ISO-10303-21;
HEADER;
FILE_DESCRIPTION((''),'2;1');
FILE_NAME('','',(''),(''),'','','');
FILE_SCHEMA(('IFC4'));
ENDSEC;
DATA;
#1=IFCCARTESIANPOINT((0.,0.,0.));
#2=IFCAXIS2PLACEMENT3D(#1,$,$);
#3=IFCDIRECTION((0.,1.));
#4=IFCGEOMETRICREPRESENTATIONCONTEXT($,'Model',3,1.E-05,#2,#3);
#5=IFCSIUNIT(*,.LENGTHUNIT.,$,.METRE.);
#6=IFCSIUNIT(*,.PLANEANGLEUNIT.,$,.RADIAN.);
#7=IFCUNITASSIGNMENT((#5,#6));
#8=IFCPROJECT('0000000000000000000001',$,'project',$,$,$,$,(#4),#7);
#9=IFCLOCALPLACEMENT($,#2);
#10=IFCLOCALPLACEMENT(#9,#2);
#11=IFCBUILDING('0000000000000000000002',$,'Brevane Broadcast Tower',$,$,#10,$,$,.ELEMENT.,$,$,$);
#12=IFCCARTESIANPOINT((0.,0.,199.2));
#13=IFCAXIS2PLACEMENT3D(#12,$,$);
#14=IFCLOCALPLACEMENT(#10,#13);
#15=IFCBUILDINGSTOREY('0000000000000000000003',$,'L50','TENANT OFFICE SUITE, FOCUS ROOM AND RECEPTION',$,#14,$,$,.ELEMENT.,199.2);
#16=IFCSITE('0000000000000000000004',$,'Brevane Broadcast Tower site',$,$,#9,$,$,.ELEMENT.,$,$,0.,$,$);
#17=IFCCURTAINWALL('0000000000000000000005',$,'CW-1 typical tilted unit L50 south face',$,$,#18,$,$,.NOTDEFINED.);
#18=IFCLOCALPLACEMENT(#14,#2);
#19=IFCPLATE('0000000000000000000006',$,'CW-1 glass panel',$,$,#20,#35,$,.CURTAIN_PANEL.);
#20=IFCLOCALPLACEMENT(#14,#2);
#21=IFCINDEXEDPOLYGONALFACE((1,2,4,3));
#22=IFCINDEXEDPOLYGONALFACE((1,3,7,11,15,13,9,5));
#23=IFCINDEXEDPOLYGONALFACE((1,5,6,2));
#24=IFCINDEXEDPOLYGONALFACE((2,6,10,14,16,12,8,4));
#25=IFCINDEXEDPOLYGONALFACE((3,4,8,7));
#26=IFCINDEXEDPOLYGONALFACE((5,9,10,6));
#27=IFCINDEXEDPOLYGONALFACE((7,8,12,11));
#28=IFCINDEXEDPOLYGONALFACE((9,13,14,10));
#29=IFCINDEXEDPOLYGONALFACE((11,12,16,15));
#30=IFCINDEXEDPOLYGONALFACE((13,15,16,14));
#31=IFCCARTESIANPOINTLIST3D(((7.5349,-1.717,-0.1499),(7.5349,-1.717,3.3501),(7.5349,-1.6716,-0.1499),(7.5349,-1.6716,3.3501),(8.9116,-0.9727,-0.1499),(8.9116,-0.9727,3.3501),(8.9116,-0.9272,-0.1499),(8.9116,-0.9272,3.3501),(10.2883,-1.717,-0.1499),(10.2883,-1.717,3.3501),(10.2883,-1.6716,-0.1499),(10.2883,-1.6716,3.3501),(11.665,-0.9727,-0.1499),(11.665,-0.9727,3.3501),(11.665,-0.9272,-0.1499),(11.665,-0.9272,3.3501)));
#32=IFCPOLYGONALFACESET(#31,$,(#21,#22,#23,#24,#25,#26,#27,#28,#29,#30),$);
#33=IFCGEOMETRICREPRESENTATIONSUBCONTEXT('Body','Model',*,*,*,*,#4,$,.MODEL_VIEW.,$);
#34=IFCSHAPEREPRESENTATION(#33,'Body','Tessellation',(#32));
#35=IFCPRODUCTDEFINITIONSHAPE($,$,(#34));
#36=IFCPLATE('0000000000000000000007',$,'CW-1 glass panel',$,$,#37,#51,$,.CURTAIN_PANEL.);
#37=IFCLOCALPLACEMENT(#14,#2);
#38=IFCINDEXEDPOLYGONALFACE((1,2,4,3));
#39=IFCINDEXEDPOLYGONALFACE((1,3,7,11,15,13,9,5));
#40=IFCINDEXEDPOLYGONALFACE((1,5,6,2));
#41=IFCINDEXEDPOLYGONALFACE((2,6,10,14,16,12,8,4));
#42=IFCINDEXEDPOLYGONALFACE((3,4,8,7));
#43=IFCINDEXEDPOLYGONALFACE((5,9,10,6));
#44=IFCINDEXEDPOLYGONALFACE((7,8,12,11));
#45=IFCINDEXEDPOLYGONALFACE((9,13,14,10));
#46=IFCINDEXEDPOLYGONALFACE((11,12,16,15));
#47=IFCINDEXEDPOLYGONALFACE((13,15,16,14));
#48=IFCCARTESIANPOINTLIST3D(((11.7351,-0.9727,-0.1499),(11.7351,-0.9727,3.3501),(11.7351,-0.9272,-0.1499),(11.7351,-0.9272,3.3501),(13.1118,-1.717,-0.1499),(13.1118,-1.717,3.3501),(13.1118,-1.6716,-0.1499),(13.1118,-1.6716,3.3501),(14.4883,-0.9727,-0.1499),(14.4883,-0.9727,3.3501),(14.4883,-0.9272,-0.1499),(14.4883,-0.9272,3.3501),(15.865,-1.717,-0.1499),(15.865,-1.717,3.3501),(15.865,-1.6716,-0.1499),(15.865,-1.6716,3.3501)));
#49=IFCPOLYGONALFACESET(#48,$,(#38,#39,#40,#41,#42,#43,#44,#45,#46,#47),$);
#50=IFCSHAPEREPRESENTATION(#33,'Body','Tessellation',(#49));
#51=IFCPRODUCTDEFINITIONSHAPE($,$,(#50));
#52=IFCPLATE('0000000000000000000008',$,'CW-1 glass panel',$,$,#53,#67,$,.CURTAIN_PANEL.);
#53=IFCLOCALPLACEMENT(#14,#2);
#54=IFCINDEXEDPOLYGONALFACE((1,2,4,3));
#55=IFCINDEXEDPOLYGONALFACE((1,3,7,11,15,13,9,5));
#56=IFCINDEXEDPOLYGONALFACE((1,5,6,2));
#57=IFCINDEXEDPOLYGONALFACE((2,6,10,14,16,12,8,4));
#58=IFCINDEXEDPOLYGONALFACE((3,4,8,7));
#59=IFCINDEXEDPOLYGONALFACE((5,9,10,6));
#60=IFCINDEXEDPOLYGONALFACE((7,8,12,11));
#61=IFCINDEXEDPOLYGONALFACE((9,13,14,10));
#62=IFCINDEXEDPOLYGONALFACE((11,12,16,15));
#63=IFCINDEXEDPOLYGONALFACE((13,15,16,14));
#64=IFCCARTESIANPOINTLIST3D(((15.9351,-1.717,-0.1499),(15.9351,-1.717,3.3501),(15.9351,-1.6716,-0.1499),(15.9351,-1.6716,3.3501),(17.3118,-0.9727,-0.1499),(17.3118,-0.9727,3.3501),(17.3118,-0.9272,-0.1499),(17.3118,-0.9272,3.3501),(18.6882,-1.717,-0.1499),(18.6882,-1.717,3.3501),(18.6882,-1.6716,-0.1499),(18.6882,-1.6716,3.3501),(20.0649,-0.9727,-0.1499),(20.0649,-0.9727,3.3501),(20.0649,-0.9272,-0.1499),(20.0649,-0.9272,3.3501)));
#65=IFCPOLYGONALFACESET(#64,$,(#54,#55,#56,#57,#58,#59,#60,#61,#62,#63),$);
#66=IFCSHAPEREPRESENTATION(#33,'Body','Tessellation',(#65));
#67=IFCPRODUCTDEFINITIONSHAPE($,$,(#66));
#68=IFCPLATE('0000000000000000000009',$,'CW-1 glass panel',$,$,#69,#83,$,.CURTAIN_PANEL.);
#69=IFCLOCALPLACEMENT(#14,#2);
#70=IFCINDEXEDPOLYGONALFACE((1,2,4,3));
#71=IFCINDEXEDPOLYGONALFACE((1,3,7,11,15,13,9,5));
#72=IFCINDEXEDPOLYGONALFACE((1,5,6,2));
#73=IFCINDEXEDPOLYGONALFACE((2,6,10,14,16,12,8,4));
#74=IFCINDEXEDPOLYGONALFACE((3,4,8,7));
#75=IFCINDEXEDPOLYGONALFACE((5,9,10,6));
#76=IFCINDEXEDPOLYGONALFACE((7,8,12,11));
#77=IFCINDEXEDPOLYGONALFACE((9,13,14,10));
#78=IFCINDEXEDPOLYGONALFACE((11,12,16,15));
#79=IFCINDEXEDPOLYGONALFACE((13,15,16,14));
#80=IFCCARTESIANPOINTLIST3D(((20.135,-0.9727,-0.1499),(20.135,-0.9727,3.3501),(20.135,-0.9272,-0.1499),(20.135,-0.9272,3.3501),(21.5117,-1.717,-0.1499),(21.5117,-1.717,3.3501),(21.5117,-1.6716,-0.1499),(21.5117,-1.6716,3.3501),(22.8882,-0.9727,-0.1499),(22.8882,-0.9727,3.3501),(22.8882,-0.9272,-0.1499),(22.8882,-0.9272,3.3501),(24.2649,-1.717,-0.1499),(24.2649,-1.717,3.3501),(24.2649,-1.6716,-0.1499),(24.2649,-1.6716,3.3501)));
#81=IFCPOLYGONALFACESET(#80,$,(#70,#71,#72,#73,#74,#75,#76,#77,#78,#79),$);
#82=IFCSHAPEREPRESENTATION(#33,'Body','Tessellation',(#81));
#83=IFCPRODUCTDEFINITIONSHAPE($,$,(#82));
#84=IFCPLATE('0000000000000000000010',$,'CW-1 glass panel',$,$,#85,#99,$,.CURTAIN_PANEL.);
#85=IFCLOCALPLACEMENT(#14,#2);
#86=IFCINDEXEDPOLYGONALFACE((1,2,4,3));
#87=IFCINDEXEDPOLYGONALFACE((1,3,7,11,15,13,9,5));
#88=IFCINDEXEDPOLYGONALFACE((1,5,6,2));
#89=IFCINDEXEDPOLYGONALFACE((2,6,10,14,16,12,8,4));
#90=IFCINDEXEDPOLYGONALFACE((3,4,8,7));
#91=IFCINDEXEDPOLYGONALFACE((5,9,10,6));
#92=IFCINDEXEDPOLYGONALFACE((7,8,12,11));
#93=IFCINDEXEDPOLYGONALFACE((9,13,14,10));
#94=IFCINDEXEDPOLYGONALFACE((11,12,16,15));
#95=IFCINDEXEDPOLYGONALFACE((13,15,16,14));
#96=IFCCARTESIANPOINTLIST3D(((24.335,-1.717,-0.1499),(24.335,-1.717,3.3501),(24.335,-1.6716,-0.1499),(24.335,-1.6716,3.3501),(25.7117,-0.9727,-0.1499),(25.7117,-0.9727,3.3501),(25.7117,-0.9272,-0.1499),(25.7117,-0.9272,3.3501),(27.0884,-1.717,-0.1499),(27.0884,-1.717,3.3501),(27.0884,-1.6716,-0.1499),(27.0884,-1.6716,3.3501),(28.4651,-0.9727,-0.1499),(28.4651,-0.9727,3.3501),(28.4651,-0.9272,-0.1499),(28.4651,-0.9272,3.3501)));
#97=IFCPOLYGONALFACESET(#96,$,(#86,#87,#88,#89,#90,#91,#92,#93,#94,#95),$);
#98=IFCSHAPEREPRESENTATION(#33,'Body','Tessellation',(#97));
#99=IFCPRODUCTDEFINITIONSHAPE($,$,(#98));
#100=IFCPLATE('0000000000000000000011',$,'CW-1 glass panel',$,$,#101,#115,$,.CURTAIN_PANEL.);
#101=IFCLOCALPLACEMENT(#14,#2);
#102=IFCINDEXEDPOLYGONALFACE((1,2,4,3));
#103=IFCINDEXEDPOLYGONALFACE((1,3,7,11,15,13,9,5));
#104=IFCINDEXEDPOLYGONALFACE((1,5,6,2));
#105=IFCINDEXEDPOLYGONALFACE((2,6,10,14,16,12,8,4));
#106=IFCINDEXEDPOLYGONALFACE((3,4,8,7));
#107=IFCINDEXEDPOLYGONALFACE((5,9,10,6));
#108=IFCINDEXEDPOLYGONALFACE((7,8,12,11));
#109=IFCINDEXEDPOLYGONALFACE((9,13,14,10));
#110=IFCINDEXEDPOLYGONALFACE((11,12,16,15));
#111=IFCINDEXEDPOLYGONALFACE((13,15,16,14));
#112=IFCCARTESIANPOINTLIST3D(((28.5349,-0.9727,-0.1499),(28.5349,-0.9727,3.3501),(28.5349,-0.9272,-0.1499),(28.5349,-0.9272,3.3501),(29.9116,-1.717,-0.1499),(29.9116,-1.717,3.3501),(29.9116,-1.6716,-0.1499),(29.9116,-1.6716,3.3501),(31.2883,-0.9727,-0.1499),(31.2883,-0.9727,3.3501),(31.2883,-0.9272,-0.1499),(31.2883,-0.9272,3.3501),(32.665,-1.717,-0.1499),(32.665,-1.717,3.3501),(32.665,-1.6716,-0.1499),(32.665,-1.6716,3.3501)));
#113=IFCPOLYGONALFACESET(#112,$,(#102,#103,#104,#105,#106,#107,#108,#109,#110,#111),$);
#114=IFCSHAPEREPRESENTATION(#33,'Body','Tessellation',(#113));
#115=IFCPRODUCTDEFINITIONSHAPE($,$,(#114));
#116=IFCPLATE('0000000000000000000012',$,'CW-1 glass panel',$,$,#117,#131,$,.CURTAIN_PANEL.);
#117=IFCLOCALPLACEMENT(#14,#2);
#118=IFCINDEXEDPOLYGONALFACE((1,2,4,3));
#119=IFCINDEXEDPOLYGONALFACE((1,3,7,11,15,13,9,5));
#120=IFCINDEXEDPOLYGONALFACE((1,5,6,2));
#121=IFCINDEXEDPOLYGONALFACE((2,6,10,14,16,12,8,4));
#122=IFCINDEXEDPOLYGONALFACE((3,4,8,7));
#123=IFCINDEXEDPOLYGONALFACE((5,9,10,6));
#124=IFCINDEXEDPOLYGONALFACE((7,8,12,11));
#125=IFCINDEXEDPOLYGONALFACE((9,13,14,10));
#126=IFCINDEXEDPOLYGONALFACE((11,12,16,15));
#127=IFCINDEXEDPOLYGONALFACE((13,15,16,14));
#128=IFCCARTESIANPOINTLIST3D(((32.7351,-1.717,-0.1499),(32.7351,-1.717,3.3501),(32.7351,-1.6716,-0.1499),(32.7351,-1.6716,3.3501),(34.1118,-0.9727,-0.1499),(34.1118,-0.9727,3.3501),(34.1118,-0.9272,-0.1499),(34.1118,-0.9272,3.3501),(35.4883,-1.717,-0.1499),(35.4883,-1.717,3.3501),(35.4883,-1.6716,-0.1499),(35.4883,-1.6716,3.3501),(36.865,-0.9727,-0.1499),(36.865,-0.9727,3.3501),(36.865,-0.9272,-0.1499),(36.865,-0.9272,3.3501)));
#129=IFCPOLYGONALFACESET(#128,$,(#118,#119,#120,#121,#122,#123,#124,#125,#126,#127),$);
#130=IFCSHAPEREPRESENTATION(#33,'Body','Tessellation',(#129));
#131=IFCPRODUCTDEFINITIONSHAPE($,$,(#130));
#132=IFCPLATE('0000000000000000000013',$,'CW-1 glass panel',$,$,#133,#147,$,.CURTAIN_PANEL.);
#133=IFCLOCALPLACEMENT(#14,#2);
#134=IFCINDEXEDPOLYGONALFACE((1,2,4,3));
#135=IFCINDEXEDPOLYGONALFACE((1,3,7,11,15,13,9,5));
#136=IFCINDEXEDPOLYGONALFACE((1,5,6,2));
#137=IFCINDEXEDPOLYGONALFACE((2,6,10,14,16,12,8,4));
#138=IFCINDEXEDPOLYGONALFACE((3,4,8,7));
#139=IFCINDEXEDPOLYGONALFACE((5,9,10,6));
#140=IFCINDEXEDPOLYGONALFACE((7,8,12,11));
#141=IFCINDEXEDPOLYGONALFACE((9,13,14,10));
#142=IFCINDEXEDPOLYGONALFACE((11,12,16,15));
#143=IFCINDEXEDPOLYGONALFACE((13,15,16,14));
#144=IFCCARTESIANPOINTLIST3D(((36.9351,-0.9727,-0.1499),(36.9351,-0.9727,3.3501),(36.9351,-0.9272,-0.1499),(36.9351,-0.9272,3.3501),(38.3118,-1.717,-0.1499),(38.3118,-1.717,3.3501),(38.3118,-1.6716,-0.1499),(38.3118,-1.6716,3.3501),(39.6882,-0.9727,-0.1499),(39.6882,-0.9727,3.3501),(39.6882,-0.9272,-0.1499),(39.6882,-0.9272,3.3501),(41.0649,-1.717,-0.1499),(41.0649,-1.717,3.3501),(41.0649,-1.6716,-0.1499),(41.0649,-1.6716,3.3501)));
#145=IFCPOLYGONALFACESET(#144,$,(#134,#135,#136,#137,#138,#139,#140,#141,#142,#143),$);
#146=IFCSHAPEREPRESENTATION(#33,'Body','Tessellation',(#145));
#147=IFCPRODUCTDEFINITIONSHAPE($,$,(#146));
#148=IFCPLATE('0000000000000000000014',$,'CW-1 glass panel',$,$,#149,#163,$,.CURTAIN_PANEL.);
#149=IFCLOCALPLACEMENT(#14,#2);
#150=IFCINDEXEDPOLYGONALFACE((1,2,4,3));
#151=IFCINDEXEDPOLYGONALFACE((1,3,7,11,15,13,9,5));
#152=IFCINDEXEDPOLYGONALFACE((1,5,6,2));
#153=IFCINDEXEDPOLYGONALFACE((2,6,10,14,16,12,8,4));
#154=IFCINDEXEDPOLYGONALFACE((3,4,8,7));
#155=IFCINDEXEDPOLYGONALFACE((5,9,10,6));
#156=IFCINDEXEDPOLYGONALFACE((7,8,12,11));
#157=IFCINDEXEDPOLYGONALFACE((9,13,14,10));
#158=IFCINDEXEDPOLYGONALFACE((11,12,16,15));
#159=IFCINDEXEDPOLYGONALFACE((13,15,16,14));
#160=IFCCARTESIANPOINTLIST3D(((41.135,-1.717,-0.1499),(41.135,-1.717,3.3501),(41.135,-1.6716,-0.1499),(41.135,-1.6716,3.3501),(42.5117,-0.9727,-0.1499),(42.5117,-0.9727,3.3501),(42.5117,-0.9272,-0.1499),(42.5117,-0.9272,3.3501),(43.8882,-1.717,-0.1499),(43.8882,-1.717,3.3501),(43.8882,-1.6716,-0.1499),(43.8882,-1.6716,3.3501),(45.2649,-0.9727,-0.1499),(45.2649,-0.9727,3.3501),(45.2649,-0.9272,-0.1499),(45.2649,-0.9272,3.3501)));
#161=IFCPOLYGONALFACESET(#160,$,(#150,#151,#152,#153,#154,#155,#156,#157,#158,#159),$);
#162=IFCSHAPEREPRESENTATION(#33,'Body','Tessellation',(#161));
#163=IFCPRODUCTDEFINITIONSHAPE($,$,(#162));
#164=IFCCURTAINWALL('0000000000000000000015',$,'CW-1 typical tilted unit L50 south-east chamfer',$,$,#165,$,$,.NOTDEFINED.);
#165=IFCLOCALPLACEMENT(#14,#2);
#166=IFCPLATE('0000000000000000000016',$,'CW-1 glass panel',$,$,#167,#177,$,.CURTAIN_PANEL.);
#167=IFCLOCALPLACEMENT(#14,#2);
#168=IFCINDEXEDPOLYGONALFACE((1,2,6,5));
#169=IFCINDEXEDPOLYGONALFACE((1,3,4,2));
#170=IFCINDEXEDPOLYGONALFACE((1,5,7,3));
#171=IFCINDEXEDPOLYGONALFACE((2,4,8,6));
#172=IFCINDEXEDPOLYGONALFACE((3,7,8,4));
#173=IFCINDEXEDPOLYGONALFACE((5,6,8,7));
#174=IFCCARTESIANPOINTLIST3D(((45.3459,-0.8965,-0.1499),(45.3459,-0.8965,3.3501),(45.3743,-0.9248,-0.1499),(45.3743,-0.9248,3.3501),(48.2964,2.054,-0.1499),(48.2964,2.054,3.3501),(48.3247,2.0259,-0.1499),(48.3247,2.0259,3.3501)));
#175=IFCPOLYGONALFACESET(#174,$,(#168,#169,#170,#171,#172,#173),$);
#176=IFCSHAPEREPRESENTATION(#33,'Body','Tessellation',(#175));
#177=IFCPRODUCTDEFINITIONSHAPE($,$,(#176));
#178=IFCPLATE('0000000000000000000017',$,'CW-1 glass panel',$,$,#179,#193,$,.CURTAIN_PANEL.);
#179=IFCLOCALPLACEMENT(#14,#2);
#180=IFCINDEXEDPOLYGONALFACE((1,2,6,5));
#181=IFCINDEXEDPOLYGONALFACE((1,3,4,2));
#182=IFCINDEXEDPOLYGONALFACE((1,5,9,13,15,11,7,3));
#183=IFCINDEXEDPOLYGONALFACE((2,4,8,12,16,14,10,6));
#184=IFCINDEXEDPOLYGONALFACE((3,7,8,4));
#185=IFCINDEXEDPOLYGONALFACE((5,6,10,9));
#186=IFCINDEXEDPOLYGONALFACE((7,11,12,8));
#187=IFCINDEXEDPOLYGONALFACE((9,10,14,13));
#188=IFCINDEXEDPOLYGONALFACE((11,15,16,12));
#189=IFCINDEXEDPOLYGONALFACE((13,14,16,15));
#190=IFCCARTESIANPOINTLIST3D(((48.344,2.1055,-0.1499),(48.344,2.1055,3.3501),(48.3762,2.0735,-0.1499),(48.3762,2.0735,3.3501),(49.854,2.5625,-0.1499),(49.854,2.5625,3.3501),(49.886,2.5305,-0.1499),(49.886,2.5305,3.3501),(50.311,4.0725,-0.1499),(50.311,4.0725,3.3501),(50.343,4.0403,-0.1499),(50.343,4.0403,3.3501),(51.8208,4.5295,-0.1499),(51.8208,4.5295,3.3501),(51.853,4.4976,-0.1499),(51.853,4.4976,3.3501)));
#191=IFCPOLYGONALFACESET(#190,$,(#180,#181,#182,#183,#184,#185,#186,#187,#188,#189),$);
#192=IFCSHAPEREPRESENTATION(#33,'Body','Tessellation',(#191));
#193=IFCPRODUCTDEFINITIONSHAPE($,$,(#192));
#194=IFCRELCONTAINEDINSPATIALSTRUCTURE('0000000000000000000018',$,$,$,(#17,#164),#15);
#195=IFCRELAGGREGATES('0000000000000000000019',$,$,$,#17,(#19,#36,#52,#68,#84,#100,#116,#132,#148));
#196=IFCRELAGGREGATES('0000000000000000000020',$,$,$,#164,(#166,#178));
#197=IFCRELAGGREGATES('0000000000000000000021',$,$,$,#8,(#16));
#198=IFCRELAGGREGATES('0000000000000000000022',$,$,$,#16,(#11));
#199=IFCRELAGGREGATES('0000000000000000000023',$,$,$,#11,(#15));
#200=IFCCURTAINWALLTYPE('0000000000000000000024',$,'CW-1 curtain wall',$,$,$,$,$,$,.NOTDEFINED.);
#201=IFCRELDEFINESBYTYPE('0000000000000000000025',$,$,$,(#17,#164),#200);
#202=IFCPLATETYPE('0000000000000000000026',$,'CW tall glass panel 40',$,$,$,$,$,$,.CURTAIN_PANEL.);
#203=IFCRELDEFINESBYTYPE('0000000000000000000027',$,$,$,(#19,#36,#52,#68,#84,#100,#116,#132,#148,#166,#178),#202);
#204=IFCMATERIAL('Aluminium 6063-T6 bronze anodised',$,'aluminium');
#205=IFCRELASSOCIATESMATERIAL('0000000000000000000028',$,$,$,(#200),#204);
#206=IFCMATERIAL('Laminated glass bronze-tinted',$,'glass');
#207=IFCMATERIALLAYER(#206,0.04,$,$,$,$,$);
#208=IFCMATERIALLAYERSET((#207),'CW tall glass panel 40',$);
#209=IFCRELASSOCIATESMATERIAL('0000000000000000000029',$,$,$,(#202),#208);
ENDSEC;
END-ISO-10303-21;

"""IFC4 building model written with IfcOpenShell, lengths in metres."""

from ifc_helpers import new_model, si_unit, direction, frame, origin, place, context, subcontext, project, spatial, polyline, outline, extrude, material, layer, layer_set, type_object, element, aggregate, save


model = new_model("IFC4")

# Units and contexts
model_context = context("Model", 3, precision=1e-05, world=origin(), true_north=direction((0.0, 1.0)))
body_context = subcontext(model_context, "Body", "Model", "MODEL_VIEW")
ifc_project = project(units=[si_unit("LENGTHUNIT", "METRE"), si_unit("PLANEANGLEUNIT", "RADIAN")], contexts=[model_context])

# Site, building, storey
site_placement = place(None, origin())
site = spatial("IfcSite", under=ifc_project, at=site_placement, Name="Brevane Broadcast Tower site", CompositionType="ELEMENT", RefElevation=0.0)
building_placement = place(site_placement, origin())
building = spatial("IfcBuilding", under=site, at=building_placement, Name="Brevane Broadcast Tower", CompositionType="ELEMENT")
storey_placement = place(building_placement, frame((0.0, 0.0, 199.2)))
storey = spatial("IfcBuildingStorey", under=building, at=storey_placement, Name="L50", Description="TENANT OFFICE SUITE, FOCUS ROOM AND RECEPTION", CompositionType="ELEMENT", Elevation=199.2)

# Curtain walls, plates
ifc_material_1 = material(Name="Aluminium 6063-T6 bronze anodised", Category="aluminium")
curtain_wall_type = type_object("IfcCurtainWallType", Name="CW-1 curtain wall", PredefinedType="NOTDEFINED", material=ifc_material_1)
curtain_wall_1_placement = place(storey_placement, origin())
curtain_wall_1 = element("IfcCurtainWall", 1, at=curtain_wall_1_placement, inside=storey, type_object=curtain_wall_type, Name="CW-1 typical tilted unit L50 south face", PredefinedType="NOTDEFINED")
ifc_material_2 = material(Name="Laminated glass bronze-tinted", Category="glass")
ifc_layer = layer(ifc_material_2, 0.04)
ifc_layer_set = layer_set([ifc_layer], Name="CW tall glass panel 40")
plate_type = type_object("IfcPlateType", Name="CW tall glass panel 40", PredefinedType="CURTAIN_PANEL", material=ifc_layer_set)
plate_1_placement = place(storey_placement, frame((0.0, 0.0, -0.1499)))
plate_1 = element("IfcPlate", 2, at=plate_1_placement, type_object=plate_type, Name="CW-1 glass panel", PredefinedType="CURTAIN_PANEL", context=body_context, shape_type="SweptSolid", body=[
    extrude(outline(polyline([(7.5349, -1.6716), (7.5349, -1.717), (8.9116, -0.9727), (10.2883, -1.717), (11.665, -0.9727), (11.665, -0.9272), (10.2883, -1.6716), (8.9116, -0.9272), (7.5349, -1.6716)])), origin(), (0.0, 0.0, 1.0), 3.5),
])
plate_2_placement = place(storey_placement, frame((0.0, 0.0, -0.1499)))
plate_2 = element("IfcPlate", 3, at=plate_2_placement, type_object=plate_type, Name="CW-1 glass panel", PredefinedType="CURTAIN_PANEL", context=body_context, shape_type="SweptSolid", body=[
    extrude(outline(polyline([(11.7351, -0.9272), (11.7351, -0.9727), (13.1118, -1.717), (14.4883, -0.9727), (15.865, -1.717), (15.865, -1.6716), (14.4883, -0.9272), (13.1118, -1.6716), (11.7351, -0.9272)])), origin(), (0.0, 0.0, 1.0), 3.5),
])
plate_3_placement = place(storey_placement, frame((0.0, 0.0, -0.1499)))
plate_3 = element("IfcPlate", 4, at=plate_3_placement, type_object=plate_type, Name="CW-1 glass panel", PredefinedType="CURTAIN_PANEL", context=body_context, shape_type="SweptSolid", body=[
    extrude(outline(polyline([(15.9351, -1.6716), (15.9351, -1.717), (17.3118, -0.9727), (18.6882, -1.717), (20.0649, -0.9727), (20.0649, -0.9272), (18.6882, -1.6716), (17.3118, -0.9272), (15.9351, -1.6716)])), origin(), (0.0, 0.0, 1.0), 3.5),
])
plate_4_placement = place(storey_placement, frame((0.0, 0.0, -0.1499)))
plate_4 = element("IfcPlate", 5, at=plate_4_placement, type_object=plate_type, Name="CW-1 glass panel", PredefinedType="CURTAIN_PANEL", context=body_context, shape_type="SweptSolid", body=[
    extrude(outline(polyline([(20.135, -0.9272), (20.135, -0.9727), (21.5117, -1.717), (22.8882, -0.9727), (24.2649, -1.717), (24.2649, -1.6716), (22.8882, -0.9272), (21.5117, -1.6716), (20.135, -0.9272)])), origin(), (0.0, 0.0, 1.0), 3.5),
])
plate_5_placement = place(storey_placement, frame((0.0, 0.0, -0.1499)))
plate_5 = element("IfcPlate", 6, at=plate_5_placement, type_object=plate_type, Name="CW-1 glass panel", PredefinedType="CURTAIN_PANEL", context=body_context, shape_type="SweptSolid", body=[
    extrude(outline(polyline([(24.335, -1.6716), (24.335, -1.717), (25.7117, -0.9727), (27.0884, -1.717), (28.4651, -0.9727), (28.4651, -0.9272), (27.0884, -1.6716), (25.7117, -0.9272), (24.335, -1.6716)])), origin(), (0.0, 0.0, 1.0), 3.5),
])
plate_6_placement = place(storey_placement, frame((0.0, 0.0, -0.1499)))
plate_6 = element("IfcPlate", 7, at=plate_6_placement, type_object=plate_type, Name="CW-1 glass panel", PredefinedType="CURTAIN_PANEL", context=body_context, shape_type="SweptSolid", body=[
    extrude(outline(polyline([(28.5349, -0.9272), (28.5349, -0.9727), (29.9116, -1.717), (31.2883, -0.9727), (32.665, -1.717), (32.665, -1.6716), (31.2883, -0.9272), (29.9116, -1.6716), (28.5349, -0.9272)])), origin(), (0.0, 0.0, 1.0), 3.5),
])
plate_7_placement = place(storey_placement, frame((0.0, 0.0, -0.1499)))
plate_7 = element("IfcPlate", 8, at=plate_7_placement, type_object=plate_type, Name="CW-1 glass panel", PredefinedType="CURTAIN_PANEL", context=body_context, shape_type="SweptSolid", body=[
    extrude(outline(polyline([(32.7351, -1.6716), (32.7351, -1.717), (34.1118, -0.9727), (35.4883, -1.717), (36.865, -0.9727), (36.865, -0.9272), (35.4883, -1.6716), (34.1118, -0.9272), (32.7351, -1.6716)])), origin(), (0.0, 0.0, 1.0), 3.5),
])
plate_8_placement = place(storey_placement, frame((0.0, 0.0, -0.1499)))
plate_8 = element("IfcPlate", 9, at=plate_8_placement, type_object=plate_type, Name="CW-1 glass panel", PredefinedType="CURTAIN_PANEL", context=body_context, shape_type="SweptSolid", body=[
    extrude(outline(polyline([(36.9351, -0.9272), (36.9351, -0.9727), (38.3118, -1.717), (39.6882, -0.9727), (41.0649, -1.717), (41.0649, -1.6716), (39.6882, -0.9272), (38.3118, -1.6716), (36.9351, -0.9272)])), origin(), (0.0, 0.0, 1.0), 3.5),
])
plate_9_placement = place(storey_placement, frame((0.0, 0.0, -0.1499)))
plate_9 = element("IfcPlate", 10, at=plate_9_placement, type_object=plate_type, Name="CW-1 glass panel", PredefinedType="CURTAIN_PANEL", context=body_context, shape_type="SweptSolid", body=[
    extrude(outline(polyline([(41.135, -1.6716), (41.135, -1.717), (42.5117, -0.9727), (43.8882, -1.717), (45.2649, -0.9727), (45.2649, -0.9272), (43.8882, -1.6716), (42.5117, -0.9272), (41.135, -1.6716)])), origin(), (0.0, 0.0, 1.0), 3.5),
])
aggregate(curtain_wall_1, [plate_1, plate_2, plate_3, plate_4, plate_5, plate_6, plate_7, plate_8, plate_9])
curtain_wall_2_placement = place(storey_placement, origin())
curtain_wall_2 = element("IfcCurtainWall", 11, at=curtain_wall_2_placement, inside=storey, type_object=curtain_wall_type, Name="CW-1 typical tilted unit L50 south-east chamfer", PredefinedType="NOTDEFINED")
plate_10_placement = place(storey_placement, frame((0.0, 0.0, -0.1499)))
plate_10 = element("IfcPlate", 12, at=plate_10_placement, type_object=plate_type, Name="CW-1 glass panel", PredefinedType="CURTAIN_PANEL", context=body_context, shape_type="SweptSolid", body=[
    extrude(outline(polyline([(45.3459, -0.8965), (48.2964, 2.054), (48.3247, 2.0259), (45.3743, -0.9248), (45.3459, -0.8965)])), origin(), (0.0, 0.0, 1.0), 3.5),
])
plate_11_placement = place(storey_placement, frame((0.0, 0.0, -0.1499)))
plate_11 = element("IfcPlate", 13, at=plate_11_placement, type_object=plate_type, Name="CW-1 glass panel", PredefinedType="CURTAIN_PANEL", context=body_context, shape_type="SweptSolid", body=[
    extrude(outline(polyline([(48.344, 2.1055), (48.3762, 2.0735), (49.886, 2.5305), (50.343, 4.0403), (51.853, 4.4976), (51.8208, 4.5295), (50.311, 4.0725), (49.854, 2.5625), (48.344, 2.1055)])), origin(), (0.0, 0.0, 1.0), 3.5),
])
aggregate(curtain_wall_2, [plate_10, plate_11])

save(model, "model.ifc")
